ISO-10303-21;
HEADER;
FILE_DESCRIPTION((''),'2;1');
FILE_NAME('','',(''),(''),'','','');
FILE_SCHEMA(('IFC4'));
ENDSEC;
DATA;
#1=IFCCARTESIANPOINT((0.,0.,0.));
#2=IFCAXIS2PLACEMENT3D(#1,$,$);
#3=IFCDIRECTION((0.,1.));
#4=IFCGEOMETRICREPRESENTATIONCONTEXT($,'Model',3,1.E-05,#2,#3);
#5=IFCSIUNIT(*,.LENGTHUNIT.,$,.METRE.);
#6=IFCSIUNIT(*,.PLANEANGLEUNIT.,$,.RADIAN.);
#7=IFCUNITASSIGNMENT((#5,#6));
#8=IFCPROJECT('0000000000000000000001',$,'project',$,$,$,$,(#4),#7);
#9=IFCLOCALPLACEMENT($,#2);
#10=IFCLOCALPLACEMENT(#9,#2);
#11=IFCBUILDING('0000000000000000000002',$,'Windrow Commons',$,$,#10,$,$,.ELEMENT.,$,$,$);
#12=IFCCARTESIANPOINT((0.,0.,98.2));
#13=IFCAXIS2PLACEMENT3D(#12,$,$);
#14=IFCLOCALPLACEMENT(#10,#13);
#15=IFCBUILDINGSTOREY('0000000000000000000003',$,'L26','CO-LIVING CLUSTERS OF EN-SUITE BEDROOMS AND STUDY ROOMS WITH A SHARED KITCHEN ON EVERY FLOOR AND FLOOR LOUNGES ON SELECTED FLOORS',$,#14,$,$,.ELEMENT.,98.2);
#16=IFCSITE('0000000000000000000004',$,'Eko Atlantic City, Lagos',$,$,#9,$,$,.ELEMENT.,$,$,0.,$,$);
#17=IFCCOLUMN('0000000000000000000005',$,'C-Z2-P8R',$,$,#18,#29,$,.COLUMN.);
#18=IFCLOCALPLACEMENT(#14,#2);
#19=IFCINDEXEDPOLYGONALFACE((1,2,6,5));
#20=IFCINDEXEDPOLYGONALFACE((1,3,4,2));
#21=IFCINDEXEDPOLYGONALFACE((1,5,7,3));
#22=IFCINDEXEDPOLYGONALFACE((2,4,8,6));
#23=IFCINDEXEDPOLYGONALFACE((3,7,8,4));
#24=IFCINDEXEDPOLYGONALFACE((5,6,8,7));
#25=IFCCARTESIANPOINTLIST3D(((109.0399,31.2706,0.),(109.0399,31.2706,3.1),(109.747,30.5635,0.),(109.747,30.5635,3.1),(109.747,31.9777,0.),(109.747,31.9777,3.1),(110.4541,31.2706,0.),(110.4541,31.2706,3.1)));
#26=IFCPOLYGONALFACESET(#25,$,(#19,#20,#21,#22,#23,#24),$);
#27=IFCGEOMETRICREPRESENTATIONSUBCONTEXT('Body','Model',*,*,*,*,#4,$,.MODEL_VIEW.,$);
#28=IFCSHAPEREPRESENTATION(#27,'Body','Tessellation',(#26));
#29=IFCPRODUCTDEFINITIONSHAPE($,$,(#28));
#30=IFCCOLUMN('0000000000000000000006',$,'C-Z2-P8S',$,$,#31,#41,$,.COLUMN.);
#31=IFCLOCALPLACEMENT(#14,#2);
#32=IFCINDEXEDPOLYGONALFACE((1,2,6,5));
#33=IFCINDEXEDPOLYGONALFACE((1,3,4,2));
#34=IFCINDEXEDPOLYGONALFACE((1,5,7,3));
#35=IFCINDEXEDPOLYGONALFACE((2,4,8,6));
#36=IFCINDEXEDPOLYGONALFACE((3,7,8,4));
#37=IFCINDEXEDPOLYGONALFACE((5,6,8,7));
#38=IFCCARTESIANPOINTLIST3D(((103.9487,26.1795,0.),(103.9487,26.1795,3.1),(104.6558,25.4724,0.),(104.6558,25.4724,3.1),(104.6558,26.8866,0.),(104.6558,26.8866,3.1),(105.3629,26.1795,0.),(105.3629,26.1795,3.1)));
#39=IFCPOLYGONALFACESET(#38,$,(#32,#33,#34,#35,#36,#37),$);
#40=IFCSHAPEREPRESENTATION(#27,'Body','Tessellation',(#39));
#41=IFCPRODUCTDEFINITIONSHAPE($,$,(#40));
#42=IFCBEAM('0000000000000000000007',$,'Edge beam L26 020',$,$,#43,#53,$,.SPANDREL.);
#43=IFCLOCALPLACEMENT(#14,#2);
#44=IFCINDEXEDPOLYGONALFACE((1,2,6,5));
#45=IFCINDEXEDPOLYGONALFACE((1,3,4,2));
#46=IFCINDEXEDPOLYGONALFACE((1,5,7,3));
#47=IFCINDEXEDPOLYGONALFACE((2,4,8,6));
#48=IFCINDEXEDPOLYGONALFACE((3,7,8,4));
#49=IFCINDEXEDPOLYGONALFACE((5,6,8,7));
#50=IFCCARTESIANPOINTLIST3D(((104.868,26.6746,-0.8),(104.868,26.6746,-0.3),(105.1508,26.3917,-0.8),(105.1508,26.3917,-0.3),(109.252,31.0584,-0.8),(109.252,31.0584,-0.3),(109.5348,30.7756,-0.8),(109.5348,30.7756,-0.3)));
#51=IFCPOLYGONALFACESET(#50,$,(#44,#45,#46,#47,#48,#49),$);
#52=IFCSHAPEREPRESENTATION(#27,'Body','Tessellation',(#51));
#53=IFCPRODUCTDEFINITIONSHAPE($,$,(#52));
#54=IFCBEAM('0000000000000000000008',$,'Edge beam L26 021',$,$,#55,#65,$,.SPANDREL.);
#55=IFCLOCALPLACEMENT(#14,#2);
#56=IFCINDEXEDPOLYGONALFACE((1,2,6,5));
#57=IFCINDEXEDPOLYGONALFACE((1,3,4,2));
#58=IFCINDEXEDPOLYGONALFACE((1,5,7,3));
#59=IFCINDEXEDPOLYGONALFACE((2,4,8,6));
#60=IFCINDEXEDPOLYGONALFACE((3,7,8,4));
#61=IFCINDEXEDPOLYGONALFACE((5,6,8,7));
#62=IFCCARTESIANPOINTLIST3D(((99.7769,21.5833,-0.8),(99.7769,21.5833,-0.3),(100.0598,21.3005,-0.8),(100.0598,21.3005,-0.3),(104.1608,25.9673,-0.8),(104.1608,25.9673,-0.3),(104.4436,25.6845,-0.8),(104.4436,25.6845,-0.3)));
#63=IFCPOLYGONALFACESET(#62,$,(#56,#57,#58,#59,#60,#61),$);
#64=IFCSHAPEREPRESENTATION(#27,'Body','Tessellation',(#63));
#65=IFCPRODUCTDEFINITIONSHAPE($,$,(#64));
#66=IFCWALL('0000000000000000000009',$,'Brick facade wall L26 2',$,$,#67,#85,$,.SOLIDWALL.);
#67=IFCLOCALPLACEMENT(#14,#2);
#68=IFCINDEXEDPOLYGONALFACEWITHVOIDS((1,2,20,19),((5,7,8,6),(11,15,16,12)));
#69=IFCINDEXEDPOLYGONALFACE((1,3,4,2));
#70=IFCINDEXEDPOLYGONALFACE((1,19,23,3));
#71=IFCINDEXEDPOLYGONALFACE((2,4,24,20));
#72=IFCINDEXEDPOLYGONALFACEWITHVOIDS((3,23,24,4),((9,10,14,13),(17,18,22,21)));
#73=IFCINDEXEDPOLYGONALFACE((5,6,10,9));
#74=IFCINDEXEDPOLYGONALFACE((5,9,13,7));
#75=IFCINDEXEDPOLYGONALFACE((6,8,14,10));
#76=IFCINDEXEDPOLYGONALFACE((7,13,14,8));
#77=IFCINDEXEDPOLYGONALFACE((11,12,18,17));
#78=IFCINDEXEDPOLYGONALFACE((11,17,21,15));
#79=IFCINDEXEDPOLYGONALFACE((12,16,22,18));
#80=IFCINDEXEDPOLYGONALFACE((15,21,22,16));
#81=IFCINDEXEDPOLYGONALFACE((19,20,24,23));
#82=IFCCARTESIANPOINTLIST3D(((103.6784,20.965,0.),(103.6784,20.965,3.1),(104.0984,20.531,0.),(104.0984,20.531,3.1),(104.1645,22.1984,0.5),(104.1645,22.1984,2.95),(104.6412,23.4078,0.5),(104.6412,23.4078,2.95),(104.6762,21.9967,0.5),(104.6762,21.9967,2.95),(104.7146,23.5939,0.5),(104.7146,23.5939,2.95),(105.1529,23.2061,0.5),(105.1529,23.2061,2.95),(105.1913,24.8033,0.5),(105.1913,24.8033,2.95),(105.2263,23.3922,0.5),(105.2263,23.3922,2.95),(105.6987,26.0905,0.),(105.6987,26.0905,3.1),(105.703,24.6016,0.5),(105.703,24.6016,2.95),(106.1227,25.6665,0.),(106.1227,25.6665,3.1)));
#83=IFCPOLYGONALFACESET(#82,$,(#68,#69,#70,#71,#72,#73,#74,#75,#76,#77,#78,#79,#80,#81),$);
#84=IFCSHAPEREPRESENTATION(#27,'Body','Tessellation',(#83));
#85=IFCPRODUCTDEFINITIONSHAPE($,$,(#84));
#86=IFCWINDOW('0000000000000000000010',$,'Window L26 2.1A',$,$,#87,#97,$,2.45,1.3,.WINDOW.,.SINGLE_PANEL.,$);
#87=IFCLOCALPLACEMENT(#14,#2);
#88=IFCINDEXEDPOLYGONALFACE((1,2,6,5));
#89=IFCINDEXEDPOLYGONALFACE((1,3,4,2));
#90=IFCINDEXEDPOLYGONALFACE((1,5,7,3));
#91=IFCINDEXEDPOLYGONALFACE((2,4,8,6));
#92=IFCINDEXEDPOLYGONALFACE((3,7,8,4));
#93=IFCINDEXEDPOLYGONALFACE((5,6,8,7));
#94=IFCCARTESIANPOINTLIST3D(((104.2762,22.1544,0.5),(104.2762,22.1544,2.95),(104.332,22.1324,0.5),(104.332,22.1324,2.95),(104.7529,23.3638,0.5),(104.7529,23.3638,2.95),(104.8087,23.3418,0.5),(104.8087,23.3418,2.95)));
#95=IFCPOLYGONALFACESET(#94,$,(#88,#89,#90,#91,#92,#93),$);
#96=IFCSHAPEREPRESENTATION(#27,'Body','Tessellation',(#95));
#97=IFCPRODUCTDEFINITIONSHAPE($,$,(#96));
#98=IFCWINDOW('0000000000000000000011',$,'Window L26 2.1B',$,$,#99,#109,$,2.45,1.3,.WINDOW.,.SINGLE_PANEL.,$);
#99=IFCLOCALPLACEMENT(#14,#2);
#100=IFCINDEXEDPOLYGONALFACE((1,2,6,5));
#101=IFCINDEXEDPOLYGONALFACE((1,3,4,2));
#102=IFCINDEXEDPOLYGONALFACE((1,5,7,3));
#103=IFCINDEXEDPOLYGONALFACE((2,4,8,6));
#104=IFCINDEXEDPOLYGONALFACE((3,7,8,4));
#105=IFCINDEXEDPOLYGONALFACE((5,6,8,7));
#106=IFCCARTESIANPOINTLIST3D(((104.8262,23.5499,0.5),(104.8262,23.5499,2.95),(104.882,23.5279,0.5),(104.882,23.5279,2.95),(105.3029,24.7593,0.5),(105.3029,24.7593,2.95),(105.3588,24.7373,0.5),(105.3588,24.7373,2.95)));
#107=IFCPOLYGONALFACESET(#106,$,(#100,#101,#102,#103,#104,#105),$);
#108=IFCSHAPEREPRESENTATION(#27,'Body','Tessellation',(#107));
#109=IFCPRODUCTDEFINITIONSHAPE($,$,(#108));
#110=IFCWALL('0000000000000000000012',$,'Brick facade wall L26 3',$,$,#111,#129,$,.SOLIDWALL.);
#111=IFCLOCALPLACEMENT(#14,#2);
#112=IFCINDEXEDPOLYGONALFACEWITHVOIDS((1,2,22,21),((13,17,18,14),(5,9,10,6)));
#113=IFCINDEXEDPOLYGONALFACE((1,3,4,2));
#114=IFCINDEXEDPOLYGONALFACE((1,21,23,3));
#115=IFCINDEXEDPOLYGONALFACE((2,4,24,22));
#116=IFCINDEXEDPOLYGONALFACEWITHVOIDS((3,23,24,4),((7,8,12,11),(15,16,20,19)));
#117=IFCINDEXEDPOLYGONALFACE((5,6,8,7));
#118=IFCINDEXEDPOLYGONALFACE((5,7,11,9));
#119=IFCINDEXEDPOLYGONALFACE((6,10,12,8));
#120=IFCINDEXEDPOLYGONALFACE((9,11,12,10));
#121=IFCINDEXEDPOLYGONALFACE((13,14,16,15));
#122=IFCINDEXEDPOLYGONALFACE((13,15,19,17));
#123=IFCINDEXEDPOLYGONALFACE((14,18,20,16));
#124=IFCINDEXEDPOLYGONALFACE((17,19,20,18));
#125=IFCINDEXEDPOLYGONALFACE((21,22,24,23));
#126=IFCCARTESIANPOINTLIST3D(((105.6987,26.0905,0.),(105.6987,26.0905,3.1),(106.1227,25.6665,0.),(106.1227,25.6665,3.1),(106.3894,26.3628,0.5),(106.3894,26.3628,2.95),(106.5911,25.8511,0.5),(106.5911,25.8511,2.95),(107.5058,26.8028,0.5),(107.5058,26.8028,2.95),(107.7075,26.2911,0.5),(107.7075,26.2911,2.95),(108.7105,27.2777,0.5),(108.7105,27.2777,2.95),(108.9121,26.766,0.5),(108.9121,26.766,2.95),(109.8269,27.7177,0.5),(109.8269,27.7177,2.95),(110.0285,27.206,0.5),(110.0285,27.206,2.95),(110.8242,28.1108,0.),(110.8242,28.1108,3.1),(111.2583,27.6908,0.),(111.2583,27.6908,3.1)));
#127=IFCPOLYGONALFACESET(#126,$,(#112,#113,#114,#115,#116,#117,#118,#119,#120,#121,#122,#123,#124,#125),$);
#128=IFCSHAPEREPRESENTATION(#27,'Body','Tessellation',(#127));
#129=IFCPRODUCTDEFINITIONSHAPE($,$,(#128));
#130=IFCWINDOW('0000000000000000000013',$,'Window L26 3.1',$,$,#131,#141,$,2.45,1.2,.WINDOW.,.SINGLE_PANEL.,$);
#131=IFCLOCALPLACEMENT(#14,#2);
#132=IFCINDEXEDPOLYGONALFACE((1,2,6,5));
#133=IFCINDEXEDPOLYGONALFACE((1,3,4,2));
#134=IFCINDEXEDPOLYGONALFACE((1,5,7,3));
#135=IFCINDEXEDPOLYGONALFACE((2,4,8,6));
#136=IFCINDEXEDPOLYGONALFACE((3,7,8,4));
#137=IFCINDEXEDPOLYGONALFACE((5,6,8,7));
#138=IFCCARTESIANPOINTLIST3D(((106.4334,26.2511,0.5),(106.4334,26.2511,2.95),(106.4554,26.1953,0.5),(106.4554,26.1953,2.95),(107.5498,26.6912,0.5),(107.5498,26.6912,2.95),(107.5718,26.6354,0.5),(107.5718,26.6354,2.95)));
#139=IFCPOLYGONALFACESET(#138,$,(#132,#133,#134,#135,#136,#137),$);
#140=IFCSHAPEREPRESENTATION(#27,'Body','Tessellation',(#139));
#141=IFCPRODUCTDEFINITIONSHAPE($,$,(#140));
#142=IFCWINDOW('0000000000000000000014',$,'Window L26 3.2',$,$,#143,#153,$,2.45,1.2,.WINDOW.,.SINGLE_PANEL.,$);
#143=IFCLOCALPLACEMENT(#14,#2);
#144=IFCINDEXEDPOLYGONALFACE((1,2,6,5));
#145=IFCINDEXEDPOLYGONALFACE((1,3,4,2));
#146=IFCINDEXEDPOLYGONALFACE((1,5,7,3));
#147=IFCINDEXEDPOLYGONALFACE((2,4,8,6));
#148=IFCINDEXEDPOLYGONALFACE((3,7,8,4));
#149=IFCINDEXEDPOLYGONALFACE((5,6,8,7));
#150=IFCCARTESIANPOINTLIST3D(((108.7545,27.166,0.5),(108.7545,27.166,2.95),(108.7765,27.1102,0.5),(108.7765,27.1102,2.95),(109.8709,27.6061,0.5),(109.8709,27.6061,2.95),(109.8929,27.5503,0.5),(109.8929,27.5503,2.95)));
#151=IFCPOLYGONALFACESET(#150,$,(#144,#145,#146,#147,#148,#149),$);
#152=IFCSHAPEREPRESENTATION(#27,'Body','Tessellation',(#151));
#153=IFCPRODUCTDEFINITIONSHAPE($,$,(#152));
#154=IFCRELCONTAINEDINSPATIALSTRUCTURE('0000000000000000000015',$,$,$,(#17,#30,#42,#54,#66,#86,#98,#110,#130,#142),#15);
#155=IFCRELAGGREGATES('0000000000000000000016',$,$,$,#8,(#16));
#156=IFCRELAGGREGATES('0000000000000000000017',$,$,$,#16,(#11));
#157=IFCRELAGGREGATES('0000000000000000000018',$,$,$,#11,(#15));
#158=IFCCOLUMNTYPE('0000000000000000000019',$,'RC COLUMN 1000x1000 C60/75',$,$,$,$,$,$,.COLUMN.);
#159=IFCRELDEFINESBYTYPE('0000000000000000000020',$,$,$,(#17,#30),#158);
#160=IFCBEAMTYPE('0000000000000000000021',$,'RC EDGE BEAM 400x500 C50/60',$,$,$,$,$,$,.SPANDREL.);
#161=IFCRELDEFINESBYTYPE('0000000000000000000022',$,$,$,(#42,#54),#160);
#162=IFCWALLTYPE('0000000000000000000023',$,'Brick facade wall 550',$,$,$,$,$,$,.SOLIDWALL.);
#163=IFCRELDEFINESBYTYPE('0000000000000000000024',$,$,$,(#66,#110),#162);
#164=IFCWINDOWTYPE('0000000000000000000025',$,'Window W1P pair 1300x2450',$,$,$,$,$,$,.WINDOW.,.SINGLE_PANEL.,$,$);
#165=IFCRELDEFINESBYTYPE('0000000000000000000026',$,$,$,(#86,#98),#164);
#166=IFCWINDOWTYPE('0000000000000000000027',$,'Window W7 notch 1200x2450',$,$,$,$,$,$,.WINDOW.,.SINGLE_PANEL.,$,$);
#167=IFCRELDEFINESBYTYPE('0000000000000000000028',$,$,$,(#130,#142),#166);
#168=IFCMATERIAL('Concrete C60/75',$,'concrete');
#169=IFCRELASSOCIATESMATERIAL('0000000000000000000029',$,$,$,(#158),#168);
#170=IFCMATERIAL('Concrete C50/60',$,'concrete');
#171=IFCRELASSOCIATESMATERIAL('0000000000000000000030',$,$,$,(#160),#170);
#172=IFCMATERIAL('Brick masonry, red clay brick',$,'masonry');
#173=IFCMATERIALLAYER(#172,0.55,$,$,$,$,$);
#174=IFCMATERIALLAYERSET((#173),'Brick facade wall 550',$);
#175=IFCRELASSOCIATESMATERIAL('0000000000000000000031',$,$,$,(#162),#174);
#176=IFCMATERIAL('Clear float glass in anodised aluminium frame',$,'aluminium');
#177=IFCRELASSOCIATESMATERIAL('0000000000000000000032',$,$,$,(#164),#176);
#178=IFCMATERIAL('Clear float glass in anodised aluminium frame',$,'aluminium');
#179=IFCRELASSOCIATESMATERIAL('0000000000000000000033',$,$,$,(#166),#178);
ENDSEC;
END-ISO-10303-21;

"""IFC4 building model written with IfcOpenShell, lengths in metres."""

from ifc_helpers import new_model, si_unit, direction, frame, frame_2d, origin, origin_2d, place, context, subcontext, project, spatial, polyline, rectangle, outline, extrude, material, layer, layer_set, material_profile, profile_set, type_object, element, fill, save


model = new_model("IFC4")

# Units and contexts
model_context = context("Model", 3, precision=1e-05, world=origin(), true_north=direction((0.0, 1.0)))
body_context = subcontext(model_context, "Body", "Model", "MODEL_VIEW")
ifc_project = project(units=[si_unit("LENGTHUNIT", "METRE"), si_unit("PLANEANGLEUNIT", "RADIAN")], contexts=[model_context])

# Site, building, storey
site_placement = place(None, origin())
site = spatial("IfcSite", under=ifc_project, at=site_placement, Name="Eko Atlantic City, Lagos", CompositionType="ELEMENT", RefElevation=0.0)
building_placement = place(site_placement, origin())
building = spatial("IfcBuilding", under=site, at=building_placement, Name="Windrow Commons", CompositionType="ELEMENT")
storey_placement = place(building_placement, frame((0.0, 0.0, 98.2)))
storey = spatial("IfcBuildingStorey", under=building, at=storey_placement, Name="L26", Description="CO-LIVING CLUSTERS OF EN-SUITE BEDROOMS AND STUDY ROOMS WITH A SHARED KITCHEN ON EVERY FLOOR AND FLOOR LOUNGES ON SELECTED FLOORS", CompositionType="ELEMENT", Elevation=98.2)

# Columns
ifc_material_1 = material(Name="Concrete C60/75", Category="concrete")
ifc_material_profile_1 = material_profile(ifc_material_1, rectangle(XDim=1.0, YDim=1.0, at=origin_2d()))
ifc_profile_set_1 = profile_set([ifc_material_profile_1], Name="Concrete C60/75")
column_type = type_object("IfcColumnType", Name="RC COLUMN 1000x1000 C60/75", PredefinedType="COLUMN", material=ifc_profile_set_1)
for number, where, z_axis, x_axis, name in (
    (1, (109.747, 31.2706, 0.0), (0.0, 0.0, 1.0), (0.707107, -0.707107, 0.0), "C-Z2-P8R"),
    (2, (104.6558, 26.1795, 0.0), (0.0, 0.0, 1.0), (0.707107, -0.707107, 0.0), "C-Z2-P8S"),
):
    element("IfcColumn", number, at=place(storey_placement, frame(where, z_axis=z_axis, x_axis=x_axis)), inside=storey, type_object=column_type, Name=name, PredefinedType="COLUMN", context=body_context, shape_type="SweptSolid", body=[
        extrude(rectangle(XDim=1.0, YDim=1.0, at=origin_2d()), origin(), (0.0, 0.0, 1.0), 3.1),
    ])

# Beams
ifc_material_2 = material(Name="Concrete C50/60", Category="concrete")
ifc_material_profile_2 = material_profile(ifc_material_2, rectangle(XDim=0.4, YDim=0.5, at=origin_2d()))
ifc_profile_set_2 = profile_set([ifc_material_profile_2], Name="Concrete C50/60")
beam_type = type_object("IfcBeamType", Name="RC EDGE BEAM 400x500 C50/60", PredefinedType="SPANDREL", material=ifc_profile_set_2)
for number, where, z_axis, x_axis, name in (
    (3, (109.3934, 30.917, -0.55), (-0.707115, -0.707099, 0.0), (0.707099, -0.707115, 0.0), "Edge beam L26 020"),
    (4, (104.3022, 25.8259, -0.55), (-0.707099, -0.707115, 0.0), (0.707115, -0.707099, 0.0), "Edge beam L26 021"),
):
    element("IfcBeam", number, at=place(storey_placement, frame(where, z_axis=z_axis, x_axis=x_axis)), inside=storey, type_object=beam_type, Name=name, PredefinedType="SPANDREL", context=body_context, shape_type="SweptSolid", body=[
        extrude(rectangle(XDim=0.4, YDim=0.5, at=origin_2d()), origin(), (0.0, 0.0, 1.0), 6.1998),
    ])

# Walls, openings, windows
ifc_material_3 = material(Name="Brick masonry, red clay brick", Category="masonry")
ifc_layer_1 = layer(ifc_material_3, 0.55)
ifc_layer_set_1 = layer_set([ifc_layer_1], Name="Brick facade wall 550")
wall_type_1 = type_object("IfcWallType", Name="Brick facade wall 550", PredefinedType="SOLIDWALL", material=ifc_layer_set_1)
wall_1_placement = place(storey_placement, frame((103.8884, 20.748, 0.0), z_axis=(0.0, 0.0, 1.0), x_axis=(0.366712, 0.930335, 0.0)))
wall_1 = element("IfcWall", 5, at=wall_1_placement, inside=storey, type_object=wall_type_1, Name="Brick facade wall L26 2", PredefinedType="SOLIDWALL", context=body_context, shape_type="SweptSolid", body=[
    extrude(outline(polyline([(-0.1249, -0.275), (5.3952, -0.275), (5.6342, 0.275), (0.1249, 0.275), (-0.1249, -0.275)])), origin(), (0.0, 0.0, 1.0), 3.1),
])
opening_1_placement = place(wall_1_placement, frame((1.4506, 0.0, 0.5)))
opening_1 = element("IfcOpeningElement", 6, at=opening_1_placement, cuts=wall_1, PredefinedType="OPENING", context=body_context, shape_type="SweptSolid", body=[
    extrude(rectangle(XDim=1.3, YDim=2.45, at=frame_2d((0.65, 1.225))), frame((0.0, 0.285, 0.0), z_axis=(0.0, -1.0, 0.0), x_axis=(1.0, 0.0, 0.0)), (0.0, 0.0, 1.0), 0.57),
])
opening_2_placement = place(wall_1_placement, frame((2.9506, 0.0, 0.5)))
opening_2 = element("IfcOpeningElement", 7, at=opening_2_placement, cuts=wall_1, PredefinedType="OPENING", context=body_context, shape_type="SweptSolid", body=[
    extrude(rectangle(XDim=1.3, YDim=2.45, at=frame_2d((0.65, 1.225))), frame((0.0, 0.285, 0.0), z_axis=(0.0, -1.0, 0.0), x_axis=(1.0, 0.0, 0.0)), (0.0, 0.0, 1.0), 0.57),
])
ifc_material_4 = material(Name="Clear float glass in anodised aluminium frame", Category="aluminium")
window_type_1 = type_object("IfcWindowType", Name="Window W1P pair 1300x2450", PartitioningType="SINGLE_PANEL", PredefinedType="WINDOW", material=ifc_material_4)
window_1_placement = place(opening_1_placement, origin())
window_1 = element("IfcWindow", 8, at=window_1_placement, inside=storey, type_object=window_type_1, Name="Window L26 2.1A", OverallHeight=2.45, OverallWidth=1.3, PartitioningType="SINGLE_PANEL", PredefinedType="WINDOW", context=body_context, shape_type="SweptSolid", body=[
    extrude(rectangle(XDim=1.3, YDim=2.45, at=frame_2d((0.65, 1.225))), frame((0.0, 0.155, 0.0), z_axis=(0.0, -1.0, 0.0), x_axis=(1.0, 0.0, 0.0)), (0.0, 0.0, 1.0), 0.06),
])
fill(opening_1, window_1)
window_2_placement = place(opening_2_placement, origin())
window_2 = element("IfcWindow", 9, at=window_2_placement, inside=storey, type_object=window_type_1, Name="Window L26 2.1B", OverallHeight=2.45, OverallWidth=1.3, PartitioningType="SINGLE_PANEL", PredefinedType="WINDOW", context=body_context, shape_type="SweptSolid", body=[
    extrude(rectangle(XDim=1.3, YDim=2.45, at=frame_2d((0.65, 1.225))), frame((0.0, 0.155, 0.0), z_axis=(0.0, -1.0, 0.0), x_axis=(1.0, 0.0, 0.0)), (0.0, 0.0, 1.0), 0.06),
])
fill(opening_2, window_2)
wall_2_placement = place(storey_placement, frame((105.9107, 25.8785, 0.0), z_axis=(0.0, 0.0, 1.0), x_axis=(0.930335, 0.366712, 0.0)))
wall_2 = element("IfcWall", 10, at=wall_2_placement, inside=storey, type_object=wall_type_1, Name="Brick facade wall L26 3", PredefinedType="SOLIDWALL", context=body_context, shape_type="SweptSolid", body=[
    extrude(outline(polyline([(0.1195, -0.275), (5.6396, -0.275), (5.3898, 0.275), (-0.1195, 0.275), (0.1195, -0.275)])), origin(), (0.0, 0.0, 1.0), 3.1),
])
opening_3_placement = place(wall_2_placement, frame((0.6229, 0.0, 0.5)))
opening_3 = element("IfcOpeningElement", 11, at=opening_3_placement, cuts=wall_2, PredefinedType="OPENING", context=body_context, shape_type="SweptSolid", body=[
    extrude(rectangle(XDim=1.2, YDim=2.45, at=frame_2d((0.6, 1.225))), frame((0.0, 0.285, 0.0), z_axis=(0.0, -1.0, 0.0), x_axis=(1.0, 0.0, 0.0)), (0.0, 0.0, 1.0), 0.57),
])
opening_4_placement = place(wall_2_placement, frame((3.1178, 0.0, 0.5)))
opening_4 = element("IfcOpeningElement", 12, at=opening_4_placement, cuts=wall_2, PredefinedType="OPENING", context=body_context, shape_type="SweptSolid", body=[
    extrude(rectangle(XDim=1.2, YDim=2.45, at=frame_2d((0.6, 1.225))), frame((0.0, 0.285, 0.0), z_axis=(0.0, -1.0, 0.0), x_axis=(1.0, 0.0, 0.0)), (0.0, 0.0, 1.0), 0.57),
])
ifc_material_5 = material(Name="Clear float glass in anodised aluminium frame", Category="aluminium")
window_type_2 = type_object("IfcWindowType", Name="Window W7 notch 1200x2450", PartitioningType="SINGLE_PANEL", PredefinedType="WINDOW", material=ifc_material_5)
window_3_placement = place(opening_3_placement, origin())
window_3 = element("IfcWindow", 13, at=window_3_placement, inside=storey, type_object=window_type_2, Name="Window L26 3.1", OverallHeight=2.45, OverallWidth=1.2, PartitioningType="SINGLE_PANEL", PredefinedType="WINDOW", context=body_context, shape_type="SweptSolid", body=[
    extrude(rectangle(XDim=1.2, YDim=2.45, at=frame_2d((0.6, 1.225))), frame((0.0, 0.155, 0.0), z_axis=(0.0, -1.0, 0.0), x_axis=(1.0, 0.0, 0.0)), (0.0, 0.0, 1.0), 0.06),
])
fill(opening_3, window_3)
window_4_placement = place(opening_4_placement, origin())
window_4 = element("IfcWindow", 14, at=window_4_placement, inside=storey, type_object=window_type_2, Name="Window L26 3.2", OverallHeight=2.45, OverallWidth=1.2, PartitioningType="SINGLE_PANEL", PredefinedType="WINDOW", context=body_context, shape_type="SweptSolid", body=[
    extrude(rectangle(XDim=1.2, YDim=2.45, at=frame_2d((0.6, 1.225))), frame((0.0, 0.155, 0.0), z_axis=(0.0, -1.0, 0.0), x_axis=(1.0, 0.0, 0.0)), (0.0, 0.0, 1.0), 0.06),
])
fill(opening_4, window_4)

save(model, "model.ifc")
